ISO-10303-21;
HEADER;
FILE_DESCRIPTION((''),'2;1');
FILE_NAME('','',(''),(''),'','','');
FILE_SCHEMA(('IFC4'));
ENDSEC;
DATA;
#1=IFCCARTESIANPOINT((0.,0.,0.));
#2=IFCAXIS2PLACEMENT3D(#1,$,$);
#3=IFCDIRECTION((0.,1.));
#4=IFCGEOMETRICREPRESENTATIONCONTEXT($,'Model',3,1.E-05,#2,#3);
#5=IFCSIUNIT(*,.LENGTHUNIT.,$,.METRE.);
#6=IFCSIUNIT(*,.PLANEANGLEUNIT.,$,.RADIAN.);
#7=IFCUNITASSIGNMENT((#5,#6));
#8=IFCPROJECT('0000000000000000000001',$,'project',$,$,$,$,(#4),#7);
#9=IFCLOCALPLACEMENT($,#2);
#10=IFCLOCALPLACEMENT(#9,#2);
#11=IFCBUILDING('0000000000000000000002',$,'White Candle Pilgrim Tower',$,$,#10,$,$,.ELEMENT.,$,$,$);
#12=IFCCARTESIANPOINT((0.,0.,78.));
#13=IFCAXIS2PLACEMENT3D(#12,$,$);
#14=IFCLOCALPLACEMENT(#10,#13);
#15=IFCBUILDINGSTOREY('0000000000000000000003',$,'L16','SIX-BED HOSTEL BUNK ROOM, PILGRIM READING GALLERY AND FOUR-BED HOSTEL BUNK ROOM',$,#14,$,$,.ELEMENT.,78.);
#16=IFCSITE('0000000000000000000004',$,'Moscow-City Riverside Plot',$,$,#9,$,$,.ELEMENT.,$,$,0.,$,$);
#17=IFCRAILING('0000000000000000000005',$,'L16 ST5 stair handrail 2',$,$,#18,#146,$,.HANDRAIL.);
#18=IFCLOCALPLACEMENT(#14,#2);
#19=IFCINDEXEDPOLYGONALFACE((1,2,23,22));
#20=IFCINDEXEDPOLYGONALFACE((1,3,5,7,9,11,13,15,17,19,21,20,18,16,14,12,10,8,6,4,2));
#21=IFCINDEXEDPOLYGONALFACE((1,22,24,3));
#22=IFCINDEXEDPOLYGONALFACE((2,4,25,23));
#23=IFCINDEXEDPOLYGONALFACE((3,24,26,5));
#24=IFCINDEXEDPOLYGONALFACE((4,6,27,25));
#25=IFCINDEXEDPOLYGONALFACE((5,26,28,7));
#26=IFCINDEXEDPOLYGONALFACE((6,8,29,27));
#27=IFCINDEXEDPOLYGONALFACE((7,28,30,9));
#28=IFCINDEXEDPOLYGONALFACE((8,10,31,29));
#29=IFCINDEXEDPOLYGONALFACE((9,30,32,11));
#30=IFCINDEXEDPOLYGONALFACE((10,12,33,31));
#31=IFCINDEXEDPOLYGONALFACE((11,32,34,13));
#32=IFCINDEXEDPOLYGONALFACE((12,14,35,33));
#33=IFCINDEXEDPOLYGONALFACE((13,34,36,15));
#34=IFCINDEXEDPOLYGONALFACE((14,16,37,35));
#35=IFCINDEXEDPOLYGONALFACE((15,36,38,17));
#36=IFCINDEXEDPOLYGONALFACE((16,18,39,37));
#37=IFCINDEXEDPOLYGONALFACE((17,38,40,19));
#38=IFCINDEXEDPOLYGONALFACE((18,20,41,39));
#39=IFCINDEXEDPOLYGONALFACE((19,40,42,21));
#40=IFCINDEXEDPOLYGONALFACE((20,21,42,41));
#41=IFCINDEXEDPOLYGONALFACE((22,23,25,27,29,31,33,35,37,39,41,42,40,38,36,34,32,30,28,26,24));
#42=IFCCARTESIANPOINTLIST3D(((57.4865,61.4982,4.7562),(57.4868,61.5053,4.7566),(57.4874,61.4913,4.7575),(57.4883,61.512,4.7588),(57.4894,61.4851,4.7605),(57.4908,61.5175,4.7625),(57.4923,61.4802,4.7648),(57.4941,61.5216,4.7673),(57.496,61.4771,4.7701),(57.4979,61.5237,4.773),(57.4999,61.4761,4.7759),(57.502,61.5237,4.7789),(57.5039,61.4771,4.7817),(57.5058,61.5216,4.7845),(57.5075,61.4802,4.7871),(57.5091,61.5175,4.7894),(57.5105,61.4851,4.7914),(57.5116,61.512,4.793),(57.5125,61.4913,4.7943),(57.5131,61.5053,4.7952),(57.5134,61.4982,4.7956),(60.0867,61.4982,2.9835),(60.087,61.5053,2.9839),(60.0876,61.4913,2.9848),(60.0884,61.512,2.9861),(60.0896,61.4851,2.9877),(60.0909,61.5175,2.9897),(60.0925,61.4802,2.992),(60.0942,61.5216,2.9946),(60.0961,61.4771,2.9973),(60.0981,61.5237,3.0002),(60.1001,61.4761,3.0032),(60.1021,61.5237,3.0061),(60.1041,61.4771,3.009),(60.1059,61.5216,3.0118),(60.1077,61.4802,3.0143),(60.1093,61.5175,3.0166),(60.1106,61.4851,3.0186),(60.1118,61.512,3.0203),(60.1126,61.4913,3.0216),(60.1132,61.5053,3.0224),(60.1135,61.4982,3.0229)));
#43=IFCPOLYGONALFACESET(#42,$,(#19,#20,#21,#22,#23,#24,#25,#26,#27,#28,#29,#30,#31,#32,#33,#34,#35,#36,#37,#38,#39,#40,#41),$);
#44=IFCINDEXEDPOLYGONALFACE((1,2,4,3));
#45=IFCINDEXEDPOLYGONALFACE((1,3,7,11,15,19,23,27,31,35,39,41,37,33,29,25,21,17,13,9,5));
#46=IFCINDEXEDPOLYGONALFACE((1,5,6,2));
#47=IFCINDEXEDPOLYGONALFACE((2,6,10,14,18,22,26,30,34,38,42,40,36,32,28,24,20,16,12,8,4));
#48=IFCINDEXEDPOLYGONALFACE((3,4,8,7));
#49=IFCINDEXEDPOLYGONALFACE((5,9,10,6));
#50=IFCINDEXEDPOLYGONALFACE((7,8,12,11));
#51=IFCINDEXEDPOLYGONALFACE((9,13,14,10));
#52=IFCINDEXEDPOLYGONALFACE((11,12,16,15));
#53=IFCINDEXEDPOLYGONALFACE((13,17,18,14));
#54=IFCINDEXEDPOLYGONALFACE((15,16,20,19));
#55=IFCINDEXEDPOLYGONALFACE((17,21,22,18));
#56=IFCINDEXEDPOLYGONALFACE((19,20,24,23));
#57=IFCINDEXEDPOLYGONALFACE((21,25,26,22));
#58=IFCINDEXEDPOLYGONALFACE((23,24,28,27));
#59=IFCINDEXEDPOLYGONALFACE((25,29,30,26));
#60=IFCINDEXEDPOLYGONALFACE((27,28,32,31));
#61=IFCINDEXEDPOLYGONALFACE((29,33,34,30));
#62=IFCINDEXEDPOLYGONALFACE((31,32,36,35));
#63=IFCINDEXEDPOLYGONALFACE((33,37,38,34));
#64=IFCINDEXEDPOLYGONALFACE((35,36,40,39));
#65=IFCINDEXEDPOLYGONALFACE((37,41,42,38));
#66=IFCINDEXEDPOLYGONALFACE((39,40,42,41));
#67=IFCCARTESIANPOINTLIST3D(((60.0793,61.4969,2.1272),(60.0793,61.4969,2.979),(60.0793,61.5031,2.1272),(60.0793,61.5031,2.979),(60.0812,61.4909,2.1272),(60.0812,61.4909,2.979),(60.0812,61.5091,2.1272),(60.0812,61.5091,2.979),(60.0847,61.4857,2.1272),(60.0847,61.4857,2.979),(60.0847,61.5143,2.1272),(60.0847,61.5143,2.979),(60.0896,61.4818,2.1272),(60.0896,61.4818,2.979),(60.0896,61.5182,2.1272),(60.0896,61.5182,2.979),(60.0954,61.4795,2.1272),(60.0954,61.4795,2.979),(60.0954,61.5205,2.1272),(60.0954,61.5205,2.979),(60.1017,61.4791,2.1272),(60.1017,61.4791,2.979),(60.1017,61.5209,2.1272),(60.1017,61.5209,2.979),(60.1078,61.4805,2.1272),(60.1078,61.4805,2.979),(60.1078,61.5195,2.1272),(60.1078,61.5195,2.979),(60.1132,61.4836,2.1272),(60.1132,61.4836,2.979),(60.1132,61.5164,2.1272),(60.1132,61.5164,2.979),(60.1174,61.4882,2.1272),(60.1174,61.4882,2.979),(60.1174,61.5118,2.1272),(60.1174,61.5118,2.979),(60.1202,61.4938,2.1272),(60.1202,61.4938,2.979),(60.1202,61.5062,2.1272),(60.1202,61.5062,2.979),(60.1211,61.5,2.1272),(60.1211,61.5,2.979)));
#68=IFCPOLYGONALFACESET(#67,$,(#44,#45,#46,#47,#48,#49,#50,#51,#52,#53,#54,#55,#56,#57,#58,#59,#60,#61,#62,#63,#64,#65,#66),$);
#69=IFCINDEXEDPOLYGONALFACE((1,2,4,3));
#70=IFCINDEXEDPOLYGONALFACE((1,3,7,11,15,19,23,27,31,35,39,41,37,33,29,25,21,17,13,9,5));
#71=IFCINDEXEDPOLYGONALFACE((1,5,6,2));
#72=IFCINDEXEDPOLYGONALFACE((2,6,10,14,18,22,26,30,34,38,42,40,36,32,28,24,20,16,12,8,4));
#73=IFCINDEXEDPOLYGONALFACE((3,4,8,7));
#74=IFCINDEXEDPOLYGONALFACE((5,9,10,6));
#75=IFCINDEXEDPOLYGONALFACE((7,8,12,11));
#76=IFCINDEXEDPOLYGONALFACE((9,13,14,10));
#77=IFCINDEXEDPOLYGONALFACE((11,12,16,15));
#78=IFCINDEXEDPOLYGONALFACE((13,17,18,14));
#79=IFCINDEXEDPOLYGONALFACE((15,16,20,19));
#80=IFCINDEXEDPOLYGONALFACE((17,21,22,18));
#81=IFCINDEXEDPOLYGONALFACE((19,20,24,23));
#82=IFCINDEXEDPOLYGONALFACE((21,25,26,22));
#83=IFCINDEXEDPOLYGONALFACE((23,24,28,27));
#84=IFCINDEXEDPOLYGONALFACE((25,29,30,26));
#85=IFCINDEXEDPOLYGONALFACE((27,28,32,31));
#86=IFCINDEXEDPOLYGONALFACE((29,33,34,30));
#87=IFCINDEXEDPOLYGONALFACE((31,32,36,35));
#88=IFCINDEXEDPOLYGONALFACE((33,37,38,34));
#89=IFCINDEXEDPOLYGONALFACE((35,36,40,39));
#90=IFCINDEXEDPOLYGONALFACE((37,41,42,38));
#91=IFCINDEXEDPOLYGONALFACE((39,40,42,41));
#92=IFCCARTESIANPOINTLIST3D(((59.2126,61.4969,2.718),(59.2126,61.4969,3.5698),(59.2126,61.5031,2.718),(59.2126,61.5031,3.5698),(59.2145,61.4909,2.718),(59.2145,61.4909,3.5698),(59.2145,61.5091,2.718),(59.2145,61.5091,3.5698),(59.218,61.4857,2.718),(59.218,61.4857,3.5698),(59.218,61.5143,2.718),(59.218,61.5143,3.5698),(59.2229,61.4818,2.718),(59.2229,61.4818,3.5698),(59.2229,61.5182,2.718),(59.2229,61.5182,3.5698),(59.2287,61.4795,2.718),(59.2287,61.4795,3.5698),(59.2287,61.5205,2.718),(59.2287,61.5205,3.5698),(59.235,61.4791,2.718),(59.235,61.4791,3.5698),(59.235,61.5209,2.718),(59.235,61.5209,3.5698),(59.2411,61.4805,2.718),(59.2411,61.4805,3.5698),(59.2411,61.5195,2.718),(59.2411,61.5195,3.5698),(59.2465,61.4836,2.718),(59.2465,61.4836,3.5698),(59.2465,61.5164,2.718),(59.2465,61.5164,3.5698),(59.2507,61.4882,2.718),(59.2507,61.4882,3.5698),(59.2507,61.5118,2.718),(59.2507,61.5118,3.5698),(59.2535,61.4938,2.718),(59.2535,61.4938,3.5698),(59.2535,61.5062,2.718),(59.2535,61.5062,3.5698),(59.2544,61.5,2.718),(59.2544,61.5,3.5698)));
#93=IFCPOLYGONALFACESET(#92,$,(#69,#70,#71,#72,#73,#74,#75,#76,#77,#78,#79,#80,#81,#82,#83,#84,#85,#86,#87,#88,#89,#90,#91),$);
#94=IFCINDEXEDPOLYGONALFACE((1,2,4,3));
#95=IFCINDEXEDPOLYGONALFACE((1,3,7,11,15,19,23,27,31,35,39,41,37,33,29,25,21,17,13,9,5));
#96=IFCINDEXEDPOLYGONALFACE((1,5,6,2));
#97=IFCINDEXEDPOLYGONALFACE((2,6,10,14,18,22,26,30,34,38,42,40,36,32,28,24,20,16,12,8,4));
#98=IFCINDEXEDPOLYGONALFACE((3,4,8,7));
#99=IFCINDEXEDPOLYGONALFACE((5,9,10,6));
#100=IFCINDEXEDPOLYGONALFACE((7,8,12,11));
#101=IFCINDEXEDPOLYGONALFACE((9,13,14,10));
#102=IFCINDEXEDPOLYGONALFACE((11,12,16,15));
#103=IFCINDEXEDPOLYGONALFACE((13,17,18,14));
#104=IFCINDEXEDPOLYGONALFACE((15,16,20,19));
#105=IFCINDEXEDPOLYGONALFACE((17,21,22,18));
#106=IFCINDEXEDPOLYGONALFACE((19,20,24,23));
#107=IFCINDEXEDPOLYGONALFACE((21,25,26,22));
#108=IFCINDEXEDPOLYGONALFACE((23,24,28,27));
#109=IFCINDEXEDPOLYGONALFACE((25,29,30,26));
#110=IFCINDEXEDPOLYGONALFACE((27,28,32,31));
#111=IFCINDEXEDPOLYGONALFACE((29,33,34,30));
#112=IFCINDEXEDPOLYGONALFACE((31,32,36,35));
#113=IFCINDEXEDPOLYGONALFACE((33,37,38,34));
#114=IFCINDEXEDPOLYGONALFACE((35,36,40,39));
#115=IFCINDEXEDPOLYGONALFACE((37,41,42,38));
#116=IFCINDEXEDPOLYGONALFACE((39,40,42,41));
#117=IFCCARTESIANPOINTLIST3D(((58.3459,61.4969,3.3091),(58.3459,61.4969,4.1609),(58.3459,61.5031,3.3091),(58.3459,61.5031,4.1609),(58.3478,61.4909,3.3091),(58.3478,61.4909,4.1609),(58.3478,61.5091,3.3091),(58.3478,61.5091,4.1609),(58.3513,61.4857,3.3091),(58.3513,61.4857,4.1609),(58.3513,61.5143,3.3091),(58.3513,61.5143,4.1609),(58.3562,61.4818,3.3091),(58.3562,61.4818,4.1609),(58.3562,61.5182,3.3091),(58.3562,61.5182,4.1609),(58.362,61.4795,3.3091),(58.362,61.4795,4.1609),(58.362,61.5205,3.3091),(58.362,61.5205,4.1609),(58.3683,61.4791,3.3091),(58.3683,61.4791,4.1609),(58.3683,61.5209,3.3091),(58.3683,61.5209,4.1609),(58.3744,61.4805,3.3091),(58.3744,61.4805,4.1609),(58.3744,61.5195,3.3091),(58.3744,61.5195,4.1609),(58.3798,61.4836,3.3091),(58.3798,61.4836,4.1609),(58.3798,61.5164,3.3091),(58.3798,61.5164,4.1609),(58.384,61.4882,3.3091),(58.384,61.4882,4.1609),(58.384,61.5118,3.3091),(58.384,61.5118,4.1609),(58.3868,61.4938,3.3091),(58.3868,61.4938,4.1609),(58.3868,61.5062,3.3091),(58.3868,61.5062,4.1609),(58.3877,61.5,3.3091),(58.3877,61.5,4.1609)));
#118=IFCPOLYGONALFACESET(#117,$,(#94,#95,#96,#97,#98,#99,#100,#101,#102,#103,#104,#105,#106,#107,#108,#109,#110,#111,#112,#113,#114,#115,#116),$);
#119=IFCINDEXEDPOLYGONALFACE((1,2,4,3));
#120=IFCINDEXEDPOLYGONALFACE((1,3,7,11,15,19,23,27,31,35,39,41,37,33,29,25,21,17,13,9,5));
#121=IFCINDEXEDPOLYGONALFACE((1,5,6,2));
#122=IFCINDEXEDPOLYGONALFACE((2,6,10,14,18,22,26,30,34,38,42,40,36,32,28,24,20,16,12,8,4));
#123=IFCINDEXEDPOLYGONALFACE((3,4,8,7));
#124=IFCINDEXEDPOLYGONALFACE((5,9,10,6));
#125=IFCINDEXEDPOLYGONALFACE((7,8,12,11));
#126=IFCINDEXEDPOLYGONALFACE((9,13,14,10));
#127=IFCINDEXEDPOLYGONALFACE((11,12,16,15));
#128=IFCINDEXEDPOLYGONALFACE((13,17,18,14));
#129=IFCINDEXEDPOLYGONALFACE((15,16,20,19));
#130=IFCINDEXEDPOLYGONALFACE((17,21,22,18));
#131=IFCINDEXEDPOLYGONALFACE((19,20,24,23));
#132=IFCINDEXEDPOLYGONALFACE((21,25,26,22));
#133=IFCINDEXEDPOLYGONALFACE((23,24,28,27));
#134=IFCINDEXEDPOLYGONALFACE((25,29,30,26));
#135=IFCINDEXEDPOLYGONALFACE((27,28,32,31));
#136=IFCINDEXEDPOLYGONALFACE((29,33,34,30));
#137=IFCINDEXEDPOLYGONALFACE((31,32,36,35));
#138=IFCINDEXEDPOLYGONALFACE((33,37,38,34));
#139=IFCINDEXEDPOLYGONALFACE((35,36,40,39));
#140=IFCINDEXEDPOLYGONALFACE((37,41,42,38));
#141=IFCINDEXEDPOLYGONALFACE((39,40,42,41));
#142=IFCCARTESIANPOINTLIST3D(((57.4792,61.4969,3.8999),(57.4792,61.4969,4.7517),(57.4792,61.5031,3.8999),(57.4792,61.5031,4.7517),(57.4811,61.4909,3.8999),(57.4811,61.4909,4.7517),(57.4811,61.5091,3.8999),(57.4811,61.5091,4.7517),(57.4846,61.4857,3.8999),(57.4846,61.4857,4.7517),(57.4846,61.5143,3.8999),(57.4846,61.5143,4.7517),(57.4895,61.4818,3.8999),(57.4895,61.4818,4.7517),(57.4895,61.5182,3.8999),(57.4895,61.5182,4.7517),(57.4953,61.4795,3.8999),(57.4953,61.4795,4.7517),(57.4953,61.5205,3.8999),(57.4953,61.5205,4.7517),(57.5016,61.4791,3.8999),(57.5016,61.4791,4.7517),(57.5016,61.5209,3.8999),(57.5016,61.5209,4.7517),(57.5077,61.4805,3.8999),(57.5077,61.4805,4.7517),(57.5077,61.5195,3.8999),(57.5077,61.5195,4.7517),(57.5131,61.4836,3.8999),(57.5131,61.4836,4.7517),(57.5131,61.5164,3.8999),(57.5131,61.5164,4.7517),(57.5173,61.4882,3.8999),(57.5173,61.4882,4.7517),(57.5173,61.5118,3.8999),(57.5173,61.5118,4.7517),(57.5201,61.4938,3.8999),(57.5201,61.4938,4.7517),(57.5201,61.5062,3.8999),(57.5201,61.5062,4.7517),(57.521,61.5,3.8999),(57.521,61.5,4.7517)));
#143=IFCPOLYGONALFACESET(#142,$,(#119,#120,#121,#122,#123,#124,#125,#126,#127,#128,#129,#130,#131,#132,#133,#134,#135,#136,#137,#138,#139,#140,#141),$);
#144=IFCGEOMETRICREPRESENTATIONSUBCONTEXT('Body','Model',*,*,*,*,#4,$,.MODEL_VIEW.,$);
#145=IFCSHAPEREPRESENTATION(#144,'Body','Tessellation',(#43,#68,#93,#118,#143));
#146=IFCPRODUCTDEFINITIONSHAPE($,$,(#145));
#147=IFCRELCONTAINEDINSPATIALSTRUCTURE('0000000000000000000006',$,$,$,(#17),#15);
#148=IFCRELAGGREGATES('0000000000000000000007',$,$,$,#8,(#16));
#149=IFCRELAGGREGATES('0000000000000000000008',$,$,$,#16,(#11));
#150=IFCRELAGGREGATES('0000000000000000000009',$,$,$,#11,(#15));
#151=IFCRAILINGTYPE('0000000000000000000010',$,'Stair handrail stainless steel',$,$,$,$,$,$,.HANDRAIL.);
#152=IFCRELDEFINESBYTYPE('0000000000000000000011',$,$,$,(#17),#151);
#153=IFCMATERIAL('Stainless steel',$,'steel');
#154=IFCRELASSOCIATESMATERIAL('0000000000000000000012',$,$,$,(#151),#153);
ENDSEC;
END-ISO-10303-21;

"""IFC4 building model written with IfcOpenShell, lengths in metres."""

from ifc_helpers import new_model, si_unit, direction, frame, origin, origin_2d, place, context, subcontext, project, spatial, circle, extrude, material, type_object, element, save


model = new_model("IFC4")

# Units and contexts
model_context = context("Model", 3, precision=1e-05, world=origin(), true_north=direction((0.0, 1.0)))
body_context = subcontext(model_context, "Body", "Model", "MODEL_VIEW")
ifc_project = project(units=[si_unit("LENGTHUNIT", "METRE"), si_unit("PLANEANGLEUNIT", "RADIAN")], contexts=[model_context])

# Site, building, storey
site_placement = place(None, origin())
site = spatial("IfcSite", under=ifc_project, at=site_placement, Name="Moscow-City Riverside Plot", CompositionType="ELEMENT", RefElevation=0.0)
building_placement = place(site_placement, origin())
building = spatial("IfcBuilding", under=site, at=building_placement, Name="White Candle Pilgrim Tower", CompositionType="ELEMENT")
storey_placement = place(building_placement, frame((0.0, 0.0, 78.0)))
storey = spatial("IfcBuildingStorey", under=building, at=storey_placement, Name="L16", Description="SIX-BED HOSTEL BUNK ROOM, PILGRIM READING GALLERY AND FOUR-BED HOSTEL BUNK ROOM", CompositionType="ELEMENT", Elevation=78.0)

# Shared definitions
ifc_material_1 = material(Name="Stainless steel", Category="steel")

# Railing
railing_type = type_object("IfcRailingType", Name="Stair handrail stainless steel", PredefinedType="HANDRAIL", material=ifc_material_1)
railing_placement = place(storey_placement, frame((60.1001, 61.5, 2.1272)))
element("IfcRailing", 1, at=railing_placement, inside=storey, type_object=railing_type, Name="L16 ST5 stair handrail 2", PredefinedType="HANDRAIL", context=body_context, shape_type="SweptSolid", body=[
    extrude(circle(Radius=0.0239, at=origin_2d()), frame((0.0, 0.0, 0.876), z_axis=(-0.82624, 0.0, 0.563318), x_axis=(0.0, -1.0, 0.0)), (0.0, 0.0, 1.0), 3.147),
    extrude(circle(Radius=0.021, at=origin_2d()), origin(), (0.0, 0.0, 1.0), 0.8518),
    extrude(circle(Radius=0.021, at=origin_2d()), frame((-0.8667, 0.0, 0.5908)), (0.0, 0.0, 1.0), 0.8518),
    extrude(circle(Radius=0.021, at=origin_2d()), frame((-1.7334, 0.0, 1.1819)), (0.0, 0.0, 1.0), 0.8518),
    extrude(circle(Radius=0.021, at=origin_2d()), frame((-2.6001, 0.0, 1.7727)), (0.0, 0.0, 1.0), 0.8518),
])

save(model, "model.ifc")
